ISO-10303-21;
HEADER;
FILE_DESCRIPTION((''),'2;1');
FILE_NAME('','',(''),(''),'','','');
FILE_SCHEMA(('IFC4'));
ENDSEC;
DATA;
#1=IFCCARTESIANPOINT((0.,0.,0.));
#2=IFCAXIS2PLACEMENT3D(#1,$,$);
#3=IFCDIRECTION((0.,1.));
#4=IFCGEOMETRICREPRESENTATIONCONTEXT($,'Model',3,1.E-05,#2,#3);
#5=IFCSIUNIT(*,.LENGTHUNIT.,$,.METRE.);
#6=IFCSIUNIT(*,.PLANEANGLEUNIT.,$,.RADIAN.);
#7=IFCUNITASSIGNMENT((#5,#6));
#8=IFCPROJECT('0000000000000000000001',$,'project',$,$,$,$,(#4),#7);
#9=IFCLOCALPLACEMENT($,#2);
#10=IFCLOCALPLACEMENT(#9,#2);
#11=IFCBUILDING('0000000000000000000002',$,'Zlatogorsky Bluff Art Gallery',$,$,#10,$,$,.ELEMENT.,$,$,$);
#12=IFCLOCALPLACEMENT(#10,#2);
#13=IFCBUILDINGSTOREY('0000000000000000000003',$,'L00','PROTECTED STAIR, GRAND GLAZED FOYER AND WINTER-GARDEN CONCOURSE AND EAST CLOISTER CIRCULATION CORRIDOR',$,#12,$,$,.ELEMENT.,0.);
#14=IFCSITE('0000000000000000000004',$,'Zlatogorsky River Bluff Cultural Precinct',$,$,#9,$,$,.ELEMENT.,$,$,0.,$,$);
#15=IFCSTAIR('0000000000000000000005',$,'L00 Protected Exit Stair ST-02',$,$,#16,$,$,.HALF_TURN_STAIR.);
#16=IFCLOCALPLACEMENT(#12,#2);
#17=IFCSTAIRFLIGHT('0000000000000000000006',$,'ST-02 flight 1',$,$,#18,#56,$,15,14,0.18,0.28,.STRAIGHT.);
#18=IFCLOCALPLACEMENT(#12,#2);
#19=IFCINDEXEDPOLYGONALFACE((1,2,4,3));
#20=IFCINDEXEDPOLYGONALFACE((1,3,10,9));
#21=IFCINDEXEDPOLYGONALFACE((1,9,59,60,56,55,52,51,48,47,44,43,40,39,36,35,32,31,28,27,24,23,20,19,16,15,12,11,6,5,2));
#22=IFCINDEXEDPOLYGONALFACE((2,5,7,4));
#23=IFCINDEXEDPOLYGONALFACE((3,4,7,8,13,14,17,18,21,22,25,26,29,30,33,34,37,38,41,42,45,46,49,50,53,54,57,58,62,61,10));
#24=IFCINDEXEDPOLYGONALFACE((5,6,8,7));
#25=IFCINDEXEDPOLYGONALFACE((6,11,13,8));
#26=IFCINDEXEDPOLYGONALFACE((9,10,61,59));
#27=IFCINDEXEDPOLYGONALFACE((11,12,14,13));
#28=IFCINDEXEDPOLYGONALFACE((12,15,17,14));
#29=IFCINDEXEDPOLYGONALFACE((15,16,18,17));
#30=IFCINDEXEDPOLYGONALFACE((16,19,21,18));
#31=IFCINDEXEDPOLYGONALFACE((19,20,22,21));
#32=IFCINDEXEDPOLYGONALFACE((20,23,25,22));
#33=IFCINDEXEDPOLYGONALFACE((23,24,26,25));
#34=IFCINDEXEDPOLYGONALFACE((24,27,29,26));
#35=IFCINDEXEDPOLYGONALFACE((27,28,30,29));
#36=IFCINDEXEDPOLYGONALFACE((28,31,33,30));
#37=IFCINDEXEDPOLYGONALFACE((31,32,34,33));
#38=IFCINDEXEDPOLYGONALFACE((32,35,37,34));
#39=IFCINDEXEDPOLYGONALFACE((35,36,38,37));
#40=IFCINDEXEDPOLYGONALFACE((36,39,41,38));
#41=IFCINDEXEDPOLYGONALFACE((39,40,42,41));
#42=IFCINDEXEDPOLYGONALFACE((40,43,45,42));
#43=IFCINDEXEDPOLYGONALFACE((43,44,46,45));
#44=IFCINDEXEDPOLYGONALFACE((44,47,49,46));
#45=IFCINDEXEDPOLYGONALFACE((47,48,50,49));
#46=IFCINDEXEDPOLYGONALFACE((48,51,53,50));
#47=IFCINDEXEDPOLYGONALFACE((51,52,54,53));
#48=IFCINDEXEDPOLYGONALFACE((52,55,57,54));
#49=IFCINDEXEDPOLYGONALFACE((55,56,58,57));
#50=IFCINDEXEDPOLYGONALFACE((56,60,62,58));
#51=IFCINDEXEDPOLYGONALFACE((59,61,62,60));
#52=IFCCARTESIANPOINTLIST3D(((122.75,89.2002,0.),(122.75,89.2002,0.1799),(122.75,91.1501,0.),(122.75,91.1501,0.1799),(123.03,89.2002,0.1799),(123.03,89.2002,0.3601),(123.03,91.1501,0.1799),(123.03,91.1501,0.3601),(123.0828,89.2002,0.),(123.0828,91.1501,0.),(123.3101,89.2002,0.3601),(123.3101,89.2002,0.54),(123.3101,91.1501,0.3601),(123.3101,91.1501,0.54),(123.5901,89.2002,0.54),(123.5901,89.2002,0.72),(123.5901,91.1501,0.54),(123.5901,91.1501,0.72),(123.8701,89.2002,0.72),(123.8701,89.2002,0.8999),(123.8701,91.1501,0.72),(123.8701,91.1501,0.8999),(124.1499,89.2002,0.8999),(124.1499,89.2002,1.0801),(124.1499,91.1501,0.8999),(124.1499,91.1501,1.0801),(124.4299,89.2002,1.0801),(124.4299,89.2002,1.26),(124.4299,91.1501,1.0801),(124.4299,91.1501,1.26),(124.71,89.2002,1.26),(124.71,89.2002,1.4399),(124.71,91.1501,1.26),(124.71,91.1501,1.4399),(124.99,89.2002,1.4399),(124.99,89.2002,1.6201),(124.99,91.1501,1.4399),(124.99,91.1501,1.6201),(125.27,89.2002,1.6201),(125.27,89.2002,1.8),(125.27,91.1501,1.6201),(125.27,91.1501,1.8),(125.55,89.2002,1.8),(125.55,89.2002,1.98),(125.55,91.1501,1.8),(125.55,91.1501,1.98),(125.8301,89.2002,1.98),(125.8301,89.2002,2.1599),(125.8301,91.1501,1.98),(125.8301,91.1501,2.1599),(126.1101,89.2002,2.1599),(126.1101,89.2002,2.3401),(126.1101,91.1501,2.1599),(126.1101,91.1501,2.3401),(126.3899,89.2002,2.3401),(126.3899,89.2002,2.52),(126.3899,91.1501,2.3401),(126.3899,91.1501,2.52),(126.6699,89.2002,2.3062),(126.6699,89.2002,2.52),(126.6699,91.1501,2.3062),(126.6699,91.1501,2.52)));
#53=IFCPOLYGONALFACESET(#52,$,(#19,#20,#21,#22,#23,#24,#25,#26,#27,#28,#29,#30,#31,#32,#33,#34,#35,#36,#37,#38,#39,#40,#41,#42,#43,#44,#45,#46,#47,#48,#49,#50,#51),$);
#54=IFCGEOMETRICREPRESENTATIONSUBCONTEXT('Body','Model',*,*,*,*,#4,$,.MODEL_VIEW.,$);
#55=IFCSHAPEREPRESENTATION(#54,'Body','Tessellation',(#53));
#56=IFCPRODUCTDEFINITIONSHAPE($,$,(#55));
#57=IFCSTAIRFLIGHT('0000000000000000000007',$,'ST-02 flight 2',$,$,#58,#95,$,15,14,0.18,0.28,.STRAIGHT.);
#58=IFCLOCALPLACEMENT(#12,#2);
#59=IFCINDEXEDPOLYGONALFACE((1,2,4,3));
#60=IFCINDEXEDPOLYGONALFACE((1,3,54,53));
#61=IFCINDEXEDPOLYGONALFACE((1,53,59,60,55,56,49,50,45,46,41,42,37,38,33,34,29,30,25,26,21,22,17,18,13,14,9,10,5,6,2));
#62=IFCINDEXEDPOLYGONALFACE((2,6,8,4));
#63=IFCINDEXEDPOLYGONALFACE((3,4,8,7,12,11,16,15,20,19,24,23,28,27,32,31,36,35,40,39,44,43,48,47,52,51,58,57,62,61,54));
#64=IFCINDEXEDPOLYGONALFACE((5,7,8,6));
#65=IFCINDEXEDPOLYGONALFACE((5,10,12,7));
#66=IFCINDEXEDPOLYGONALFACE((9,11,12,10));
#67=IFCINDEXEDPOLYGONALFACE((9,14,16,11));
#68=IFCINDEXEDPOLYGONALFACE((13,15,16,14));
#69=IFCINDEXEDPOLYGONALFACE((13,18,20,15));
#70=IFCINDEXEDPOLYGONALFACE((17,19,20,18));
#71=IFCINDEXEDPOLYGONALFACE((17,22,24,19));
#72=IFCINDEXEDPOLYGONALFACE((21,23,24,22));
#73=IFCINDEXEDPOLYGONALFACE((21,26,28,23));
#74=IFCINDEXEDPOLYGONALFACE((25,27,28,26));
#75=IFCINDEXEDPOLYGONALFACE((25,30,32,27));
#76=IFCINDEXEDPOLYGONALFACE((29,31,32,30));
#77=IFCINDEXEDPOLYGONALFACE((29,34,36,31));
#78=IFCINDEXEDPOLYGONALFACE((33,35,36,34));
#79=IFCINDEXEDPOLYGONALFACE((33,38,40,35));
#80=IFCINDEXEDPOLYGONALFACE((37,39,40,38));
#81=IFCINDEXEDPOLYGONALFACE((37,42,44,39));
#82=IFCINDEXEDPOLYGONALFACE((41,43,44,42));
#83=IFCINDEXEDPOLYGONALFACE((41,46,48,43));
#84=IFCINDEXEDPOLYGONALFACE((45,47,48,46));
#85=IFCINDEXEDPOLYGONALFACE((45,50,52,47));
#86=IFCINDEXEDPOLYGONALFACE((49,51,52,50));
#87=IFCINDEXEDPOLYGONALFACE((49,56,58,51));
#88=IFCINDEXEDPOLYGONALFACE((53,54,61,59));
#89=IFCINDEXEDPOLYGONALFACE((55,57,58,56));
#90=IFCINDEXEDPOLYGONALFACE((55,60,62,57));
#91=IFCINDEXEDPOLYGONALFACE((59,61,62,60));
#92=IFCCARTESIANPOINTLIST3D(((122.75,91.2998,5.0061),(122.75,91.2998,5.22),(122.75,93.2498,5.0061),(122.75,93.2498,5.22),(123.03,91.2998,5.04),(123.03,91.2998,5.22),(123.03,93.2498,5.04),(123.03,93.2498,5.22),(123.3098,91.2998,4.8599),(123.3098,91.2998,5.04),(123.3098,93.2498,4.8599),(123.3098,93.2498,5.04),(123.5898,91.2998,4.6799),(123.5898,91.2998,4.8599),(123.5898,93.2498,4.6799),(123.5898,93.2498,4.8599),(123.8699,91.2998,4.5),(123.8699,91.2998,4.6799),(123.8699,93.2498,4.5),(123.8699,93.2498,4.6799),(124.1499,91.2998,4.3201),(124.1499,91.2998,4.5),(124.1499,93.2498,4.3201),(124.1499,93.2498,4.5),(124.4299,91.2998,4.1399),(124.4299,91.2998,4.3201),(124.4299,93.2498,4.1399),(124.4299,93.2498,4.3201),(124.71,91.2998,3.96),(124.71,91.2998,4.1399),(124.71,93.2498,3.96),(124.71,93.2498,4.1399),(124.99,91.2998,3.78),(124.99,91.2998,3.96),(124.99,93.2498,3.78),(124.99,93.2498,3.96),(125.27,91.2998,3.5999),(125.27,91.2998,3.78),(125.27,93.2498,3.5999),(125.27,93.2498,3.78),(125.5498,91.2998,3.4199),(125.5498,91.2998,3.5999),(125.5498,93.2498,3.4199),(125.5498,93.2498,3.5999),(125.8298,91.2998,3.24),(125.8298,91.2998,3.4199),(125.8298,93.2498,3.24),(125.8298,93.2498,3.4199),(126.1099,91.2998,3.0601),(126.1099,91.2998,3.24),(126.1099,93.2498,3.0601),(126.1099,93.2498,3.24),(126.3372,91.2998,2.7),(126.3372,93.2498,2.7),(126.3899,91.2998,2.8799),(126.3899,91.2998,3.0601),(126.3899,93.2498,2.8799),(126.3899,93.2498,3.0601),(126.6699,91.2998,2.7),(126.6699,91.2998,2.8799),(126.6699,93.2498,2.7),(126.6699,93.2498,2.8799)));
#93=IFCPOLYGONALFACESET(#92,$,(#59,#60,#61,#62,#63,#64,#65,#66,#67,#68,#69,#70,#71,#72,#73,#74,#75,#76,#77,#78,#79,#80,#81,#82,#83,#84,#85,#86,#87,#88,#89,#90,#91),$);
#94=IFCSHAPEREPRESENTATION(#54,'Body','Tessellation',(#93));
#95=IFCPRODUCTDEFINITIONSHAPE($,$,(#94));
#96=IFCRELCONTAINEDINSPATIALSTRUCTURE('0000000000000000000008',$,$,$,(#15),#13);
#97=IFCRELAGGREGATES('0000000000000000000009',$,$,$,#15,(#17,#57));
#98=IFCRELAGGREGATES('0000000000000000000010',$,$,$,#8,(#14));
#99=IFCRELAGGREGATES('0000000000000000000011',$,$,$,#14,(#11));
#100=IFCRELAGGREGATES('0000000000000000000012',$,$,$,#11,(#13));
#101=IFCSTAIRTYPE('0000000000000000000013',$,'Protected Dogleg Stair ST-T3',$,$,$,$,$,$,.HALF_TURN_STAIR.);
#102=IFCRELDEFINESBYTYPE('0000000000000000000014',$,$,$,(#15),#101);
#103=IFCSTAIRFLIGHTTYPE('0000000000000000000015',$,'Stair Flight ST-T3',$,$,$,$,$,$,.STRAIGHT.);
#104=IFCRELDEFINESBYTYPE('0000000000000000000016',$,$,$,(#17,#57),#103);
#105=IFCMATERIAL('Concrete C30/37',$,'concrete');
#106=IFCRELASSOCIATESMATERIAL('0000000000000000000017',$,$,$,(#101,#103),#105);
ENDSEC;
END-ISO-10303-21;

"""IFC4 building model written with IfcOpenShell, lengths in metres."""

from ifc_helpers import new_model, si_unit, direction, frame, origin, place, context, subcontext, project, spatial, polyline, outline, extrude, material, type_object, element, aggregate, save


model = new_model("IFC4")

# Units and contexts
model_context = context("Model", 3, precision=1e-05, world=origin(), true_north=direction((0.0, 1.0)))
body_context = subcontext(model_context, "Body", "Model", "MODEL_VIEW")
ifc_project = project(units=[si_unit("LENGTHUNIT", "METRE"), si_unit("PLANEANGLEUNIT", "RADIAN")], contexts=[model_context])

# Site, building, storey
site_placement = place(None, origin())
site = spatial("IfcSite", under=ifc_project, at=site_placement, Name="Zlatogorsky River Bluff Cultural Precinct", CompositionType="ELEMENT", RefElevation=0.0)
building_placement = place(site_placement, origin())
building = spatial("IfcBuilding", under=site, at=building_placement, Name="Zlatogorsky Bluff Art Gallery", CompositionType="ELEMENT")
storey_placement = place(building_placement, origin())
storey = spatial("IfcBuildingStorey", under=building, at=storey_placement, Name="L00", Description="PROTECTED STAIR, GRAND GLAZED FOYER AND WINTER-GARDEN CONCOURSE AND EAST CLOISTER CIRCULATION CORRIDOR", CompositionType="ELEMENT", Elevation=0.0)

# Shared definitions
ifc_material_1 = material(Name="Concrete C30/37", Category="concrete")

# Stair, stair flights
stair_type = type_object("IfcStairType", Name="Protected Dogleg Stair ST-T3", PredefinedType="HALF_TURN_STAIR", material=ifc_material_1)
stair_placement = place(storey_placement, origin())
stair = element("IfcStair", 1, at=stair_placement, inside=storey, type_object=stair_type, Name="L00 Protected Exit Stair ST-02", PredefinedType="HALF_TURN_STAIR")
stair_flight_type = type_object("IfcStairFlightType", Name="Stair Flight ST-T3", PredefinedType="STRAIGHT", material=ifc_material_1)
stair_flight_1_placement = place(storey_placement, frame((122.75, 90.175, 0.0), z_axis=(0.0, 0.0, 1.0), x_axis=(1.0, 0.0, 0.0)))
stair_flight_1 = element("IfcStairFlight", 2, at=stair_flight_1_placement, type_object=stair_flight_type, Name="ST-02 flight 1", NumberOfRisers=15, NumberOfTreads=14, PredefinedType="STRAIGHT", RiserHeight=0.18, TreadLength=0.28, context=body_context, shape_type="SweptSolid", body=[
    extrude(outline(polyline([(0.0, 0.0), (0.0, 0.1799), (0.28, 0.1799), (0.28, 0.3601), (0.5601, 0.3601), (0.5601, 0.54), (0.8401, 0.54), (0.8401, 0.72), (1.1201, 0.72), (1.1201, 0.8999), (1.3999, 0.8999), (1.3999, 1.0801), (1.6799, 1.0801), (1.6799, 1.26), (1.96, 1.26), (1.96, 1.4399), (2.24, 1.4399), (2.24, 1.6201), (2.52, 1.6201), (2.52, 1.8), (2.8, 1.8), (2.8, 1.98), (3.0801, 1.98), (3.0801, 2.1599), (3.3601, 2.1599), (3.3601, 2.3401), (3.6399, 2.3401), (3.6399, 2.52), (3.9199, 2.52), (3.9199, 2.7), (3.9199, 2.3062), (0.3328, 0.0), (0.0, 0.0)])), frame((0.0, 0.9751, 0.0), z_axis=(0.0, -1.0, 0.0), x_axis=(1.0, 0.0, 0.0)), (0.0, 0.0, 1.0), 1.95),
])
stair_flight_2_placement = place(storey_placement, frame((126.6699, 92.2749, 2.7), z_axis=(0.0, 0.0, 1.0), x_axis=(-1.0, 0.0, 0.0)))
stair_flight_2 = element("IfcStairFlight", 3, at=stair_flight_2_placement, type_object=stair_flight_type, Name="ST-02 flight 2", NumberOfRisers=15, NumberOfTreads=14, PredefinedType="STRAIGHT", RiserHeight=0.18, TreadLength=0.28, context=body_context, shape_type="SweptSolid", body=[
    extrude(outline(polyline([(0.0, 0.0), (0.0, 0.1799), (0.28, 0.1799), (0.28, 0.3601), (0.5601, 0.3601), (0.5601, 0.54), (0.8401, 0.54), (0.8401, 0.72), (1.1201, 0.72), (1.1201, 0.8999), (1.3999, 0.8999), (1.3999, 1.0801), (1.6799, 1.0801), (1.6799, 1.26), (1.96, 1.26), (1.96, 1.4399), (2.24, 1.4399), (2.24, 1.6201), (2.52, 1.6201), (2.52, 1.8), (2.8, 1.8), (2.8, 1.98), (3.0801, 1.98), (3.0801, 2.1599), (3.3601, 2.1599), (3.3601, 2.3401), (3.6399, 2.3401), (3.6399, 2.52), (3.9199, 2.52), (3.9199, 2.7), (3.9199, 2.3062), (0.3328, 0.0), (0.0, 0.0)])), frame((0.0, 0.9751, 0.0), z_axis=(0.0, -1.0, 0.0), x_axis=(1.0, 0.0, 0.0)), (0.0, 0.0, 1.0), 1.95),
])
aggregate(stair, [stair_flight_1, stair_flight_2])

save(model, "model.ifc")
